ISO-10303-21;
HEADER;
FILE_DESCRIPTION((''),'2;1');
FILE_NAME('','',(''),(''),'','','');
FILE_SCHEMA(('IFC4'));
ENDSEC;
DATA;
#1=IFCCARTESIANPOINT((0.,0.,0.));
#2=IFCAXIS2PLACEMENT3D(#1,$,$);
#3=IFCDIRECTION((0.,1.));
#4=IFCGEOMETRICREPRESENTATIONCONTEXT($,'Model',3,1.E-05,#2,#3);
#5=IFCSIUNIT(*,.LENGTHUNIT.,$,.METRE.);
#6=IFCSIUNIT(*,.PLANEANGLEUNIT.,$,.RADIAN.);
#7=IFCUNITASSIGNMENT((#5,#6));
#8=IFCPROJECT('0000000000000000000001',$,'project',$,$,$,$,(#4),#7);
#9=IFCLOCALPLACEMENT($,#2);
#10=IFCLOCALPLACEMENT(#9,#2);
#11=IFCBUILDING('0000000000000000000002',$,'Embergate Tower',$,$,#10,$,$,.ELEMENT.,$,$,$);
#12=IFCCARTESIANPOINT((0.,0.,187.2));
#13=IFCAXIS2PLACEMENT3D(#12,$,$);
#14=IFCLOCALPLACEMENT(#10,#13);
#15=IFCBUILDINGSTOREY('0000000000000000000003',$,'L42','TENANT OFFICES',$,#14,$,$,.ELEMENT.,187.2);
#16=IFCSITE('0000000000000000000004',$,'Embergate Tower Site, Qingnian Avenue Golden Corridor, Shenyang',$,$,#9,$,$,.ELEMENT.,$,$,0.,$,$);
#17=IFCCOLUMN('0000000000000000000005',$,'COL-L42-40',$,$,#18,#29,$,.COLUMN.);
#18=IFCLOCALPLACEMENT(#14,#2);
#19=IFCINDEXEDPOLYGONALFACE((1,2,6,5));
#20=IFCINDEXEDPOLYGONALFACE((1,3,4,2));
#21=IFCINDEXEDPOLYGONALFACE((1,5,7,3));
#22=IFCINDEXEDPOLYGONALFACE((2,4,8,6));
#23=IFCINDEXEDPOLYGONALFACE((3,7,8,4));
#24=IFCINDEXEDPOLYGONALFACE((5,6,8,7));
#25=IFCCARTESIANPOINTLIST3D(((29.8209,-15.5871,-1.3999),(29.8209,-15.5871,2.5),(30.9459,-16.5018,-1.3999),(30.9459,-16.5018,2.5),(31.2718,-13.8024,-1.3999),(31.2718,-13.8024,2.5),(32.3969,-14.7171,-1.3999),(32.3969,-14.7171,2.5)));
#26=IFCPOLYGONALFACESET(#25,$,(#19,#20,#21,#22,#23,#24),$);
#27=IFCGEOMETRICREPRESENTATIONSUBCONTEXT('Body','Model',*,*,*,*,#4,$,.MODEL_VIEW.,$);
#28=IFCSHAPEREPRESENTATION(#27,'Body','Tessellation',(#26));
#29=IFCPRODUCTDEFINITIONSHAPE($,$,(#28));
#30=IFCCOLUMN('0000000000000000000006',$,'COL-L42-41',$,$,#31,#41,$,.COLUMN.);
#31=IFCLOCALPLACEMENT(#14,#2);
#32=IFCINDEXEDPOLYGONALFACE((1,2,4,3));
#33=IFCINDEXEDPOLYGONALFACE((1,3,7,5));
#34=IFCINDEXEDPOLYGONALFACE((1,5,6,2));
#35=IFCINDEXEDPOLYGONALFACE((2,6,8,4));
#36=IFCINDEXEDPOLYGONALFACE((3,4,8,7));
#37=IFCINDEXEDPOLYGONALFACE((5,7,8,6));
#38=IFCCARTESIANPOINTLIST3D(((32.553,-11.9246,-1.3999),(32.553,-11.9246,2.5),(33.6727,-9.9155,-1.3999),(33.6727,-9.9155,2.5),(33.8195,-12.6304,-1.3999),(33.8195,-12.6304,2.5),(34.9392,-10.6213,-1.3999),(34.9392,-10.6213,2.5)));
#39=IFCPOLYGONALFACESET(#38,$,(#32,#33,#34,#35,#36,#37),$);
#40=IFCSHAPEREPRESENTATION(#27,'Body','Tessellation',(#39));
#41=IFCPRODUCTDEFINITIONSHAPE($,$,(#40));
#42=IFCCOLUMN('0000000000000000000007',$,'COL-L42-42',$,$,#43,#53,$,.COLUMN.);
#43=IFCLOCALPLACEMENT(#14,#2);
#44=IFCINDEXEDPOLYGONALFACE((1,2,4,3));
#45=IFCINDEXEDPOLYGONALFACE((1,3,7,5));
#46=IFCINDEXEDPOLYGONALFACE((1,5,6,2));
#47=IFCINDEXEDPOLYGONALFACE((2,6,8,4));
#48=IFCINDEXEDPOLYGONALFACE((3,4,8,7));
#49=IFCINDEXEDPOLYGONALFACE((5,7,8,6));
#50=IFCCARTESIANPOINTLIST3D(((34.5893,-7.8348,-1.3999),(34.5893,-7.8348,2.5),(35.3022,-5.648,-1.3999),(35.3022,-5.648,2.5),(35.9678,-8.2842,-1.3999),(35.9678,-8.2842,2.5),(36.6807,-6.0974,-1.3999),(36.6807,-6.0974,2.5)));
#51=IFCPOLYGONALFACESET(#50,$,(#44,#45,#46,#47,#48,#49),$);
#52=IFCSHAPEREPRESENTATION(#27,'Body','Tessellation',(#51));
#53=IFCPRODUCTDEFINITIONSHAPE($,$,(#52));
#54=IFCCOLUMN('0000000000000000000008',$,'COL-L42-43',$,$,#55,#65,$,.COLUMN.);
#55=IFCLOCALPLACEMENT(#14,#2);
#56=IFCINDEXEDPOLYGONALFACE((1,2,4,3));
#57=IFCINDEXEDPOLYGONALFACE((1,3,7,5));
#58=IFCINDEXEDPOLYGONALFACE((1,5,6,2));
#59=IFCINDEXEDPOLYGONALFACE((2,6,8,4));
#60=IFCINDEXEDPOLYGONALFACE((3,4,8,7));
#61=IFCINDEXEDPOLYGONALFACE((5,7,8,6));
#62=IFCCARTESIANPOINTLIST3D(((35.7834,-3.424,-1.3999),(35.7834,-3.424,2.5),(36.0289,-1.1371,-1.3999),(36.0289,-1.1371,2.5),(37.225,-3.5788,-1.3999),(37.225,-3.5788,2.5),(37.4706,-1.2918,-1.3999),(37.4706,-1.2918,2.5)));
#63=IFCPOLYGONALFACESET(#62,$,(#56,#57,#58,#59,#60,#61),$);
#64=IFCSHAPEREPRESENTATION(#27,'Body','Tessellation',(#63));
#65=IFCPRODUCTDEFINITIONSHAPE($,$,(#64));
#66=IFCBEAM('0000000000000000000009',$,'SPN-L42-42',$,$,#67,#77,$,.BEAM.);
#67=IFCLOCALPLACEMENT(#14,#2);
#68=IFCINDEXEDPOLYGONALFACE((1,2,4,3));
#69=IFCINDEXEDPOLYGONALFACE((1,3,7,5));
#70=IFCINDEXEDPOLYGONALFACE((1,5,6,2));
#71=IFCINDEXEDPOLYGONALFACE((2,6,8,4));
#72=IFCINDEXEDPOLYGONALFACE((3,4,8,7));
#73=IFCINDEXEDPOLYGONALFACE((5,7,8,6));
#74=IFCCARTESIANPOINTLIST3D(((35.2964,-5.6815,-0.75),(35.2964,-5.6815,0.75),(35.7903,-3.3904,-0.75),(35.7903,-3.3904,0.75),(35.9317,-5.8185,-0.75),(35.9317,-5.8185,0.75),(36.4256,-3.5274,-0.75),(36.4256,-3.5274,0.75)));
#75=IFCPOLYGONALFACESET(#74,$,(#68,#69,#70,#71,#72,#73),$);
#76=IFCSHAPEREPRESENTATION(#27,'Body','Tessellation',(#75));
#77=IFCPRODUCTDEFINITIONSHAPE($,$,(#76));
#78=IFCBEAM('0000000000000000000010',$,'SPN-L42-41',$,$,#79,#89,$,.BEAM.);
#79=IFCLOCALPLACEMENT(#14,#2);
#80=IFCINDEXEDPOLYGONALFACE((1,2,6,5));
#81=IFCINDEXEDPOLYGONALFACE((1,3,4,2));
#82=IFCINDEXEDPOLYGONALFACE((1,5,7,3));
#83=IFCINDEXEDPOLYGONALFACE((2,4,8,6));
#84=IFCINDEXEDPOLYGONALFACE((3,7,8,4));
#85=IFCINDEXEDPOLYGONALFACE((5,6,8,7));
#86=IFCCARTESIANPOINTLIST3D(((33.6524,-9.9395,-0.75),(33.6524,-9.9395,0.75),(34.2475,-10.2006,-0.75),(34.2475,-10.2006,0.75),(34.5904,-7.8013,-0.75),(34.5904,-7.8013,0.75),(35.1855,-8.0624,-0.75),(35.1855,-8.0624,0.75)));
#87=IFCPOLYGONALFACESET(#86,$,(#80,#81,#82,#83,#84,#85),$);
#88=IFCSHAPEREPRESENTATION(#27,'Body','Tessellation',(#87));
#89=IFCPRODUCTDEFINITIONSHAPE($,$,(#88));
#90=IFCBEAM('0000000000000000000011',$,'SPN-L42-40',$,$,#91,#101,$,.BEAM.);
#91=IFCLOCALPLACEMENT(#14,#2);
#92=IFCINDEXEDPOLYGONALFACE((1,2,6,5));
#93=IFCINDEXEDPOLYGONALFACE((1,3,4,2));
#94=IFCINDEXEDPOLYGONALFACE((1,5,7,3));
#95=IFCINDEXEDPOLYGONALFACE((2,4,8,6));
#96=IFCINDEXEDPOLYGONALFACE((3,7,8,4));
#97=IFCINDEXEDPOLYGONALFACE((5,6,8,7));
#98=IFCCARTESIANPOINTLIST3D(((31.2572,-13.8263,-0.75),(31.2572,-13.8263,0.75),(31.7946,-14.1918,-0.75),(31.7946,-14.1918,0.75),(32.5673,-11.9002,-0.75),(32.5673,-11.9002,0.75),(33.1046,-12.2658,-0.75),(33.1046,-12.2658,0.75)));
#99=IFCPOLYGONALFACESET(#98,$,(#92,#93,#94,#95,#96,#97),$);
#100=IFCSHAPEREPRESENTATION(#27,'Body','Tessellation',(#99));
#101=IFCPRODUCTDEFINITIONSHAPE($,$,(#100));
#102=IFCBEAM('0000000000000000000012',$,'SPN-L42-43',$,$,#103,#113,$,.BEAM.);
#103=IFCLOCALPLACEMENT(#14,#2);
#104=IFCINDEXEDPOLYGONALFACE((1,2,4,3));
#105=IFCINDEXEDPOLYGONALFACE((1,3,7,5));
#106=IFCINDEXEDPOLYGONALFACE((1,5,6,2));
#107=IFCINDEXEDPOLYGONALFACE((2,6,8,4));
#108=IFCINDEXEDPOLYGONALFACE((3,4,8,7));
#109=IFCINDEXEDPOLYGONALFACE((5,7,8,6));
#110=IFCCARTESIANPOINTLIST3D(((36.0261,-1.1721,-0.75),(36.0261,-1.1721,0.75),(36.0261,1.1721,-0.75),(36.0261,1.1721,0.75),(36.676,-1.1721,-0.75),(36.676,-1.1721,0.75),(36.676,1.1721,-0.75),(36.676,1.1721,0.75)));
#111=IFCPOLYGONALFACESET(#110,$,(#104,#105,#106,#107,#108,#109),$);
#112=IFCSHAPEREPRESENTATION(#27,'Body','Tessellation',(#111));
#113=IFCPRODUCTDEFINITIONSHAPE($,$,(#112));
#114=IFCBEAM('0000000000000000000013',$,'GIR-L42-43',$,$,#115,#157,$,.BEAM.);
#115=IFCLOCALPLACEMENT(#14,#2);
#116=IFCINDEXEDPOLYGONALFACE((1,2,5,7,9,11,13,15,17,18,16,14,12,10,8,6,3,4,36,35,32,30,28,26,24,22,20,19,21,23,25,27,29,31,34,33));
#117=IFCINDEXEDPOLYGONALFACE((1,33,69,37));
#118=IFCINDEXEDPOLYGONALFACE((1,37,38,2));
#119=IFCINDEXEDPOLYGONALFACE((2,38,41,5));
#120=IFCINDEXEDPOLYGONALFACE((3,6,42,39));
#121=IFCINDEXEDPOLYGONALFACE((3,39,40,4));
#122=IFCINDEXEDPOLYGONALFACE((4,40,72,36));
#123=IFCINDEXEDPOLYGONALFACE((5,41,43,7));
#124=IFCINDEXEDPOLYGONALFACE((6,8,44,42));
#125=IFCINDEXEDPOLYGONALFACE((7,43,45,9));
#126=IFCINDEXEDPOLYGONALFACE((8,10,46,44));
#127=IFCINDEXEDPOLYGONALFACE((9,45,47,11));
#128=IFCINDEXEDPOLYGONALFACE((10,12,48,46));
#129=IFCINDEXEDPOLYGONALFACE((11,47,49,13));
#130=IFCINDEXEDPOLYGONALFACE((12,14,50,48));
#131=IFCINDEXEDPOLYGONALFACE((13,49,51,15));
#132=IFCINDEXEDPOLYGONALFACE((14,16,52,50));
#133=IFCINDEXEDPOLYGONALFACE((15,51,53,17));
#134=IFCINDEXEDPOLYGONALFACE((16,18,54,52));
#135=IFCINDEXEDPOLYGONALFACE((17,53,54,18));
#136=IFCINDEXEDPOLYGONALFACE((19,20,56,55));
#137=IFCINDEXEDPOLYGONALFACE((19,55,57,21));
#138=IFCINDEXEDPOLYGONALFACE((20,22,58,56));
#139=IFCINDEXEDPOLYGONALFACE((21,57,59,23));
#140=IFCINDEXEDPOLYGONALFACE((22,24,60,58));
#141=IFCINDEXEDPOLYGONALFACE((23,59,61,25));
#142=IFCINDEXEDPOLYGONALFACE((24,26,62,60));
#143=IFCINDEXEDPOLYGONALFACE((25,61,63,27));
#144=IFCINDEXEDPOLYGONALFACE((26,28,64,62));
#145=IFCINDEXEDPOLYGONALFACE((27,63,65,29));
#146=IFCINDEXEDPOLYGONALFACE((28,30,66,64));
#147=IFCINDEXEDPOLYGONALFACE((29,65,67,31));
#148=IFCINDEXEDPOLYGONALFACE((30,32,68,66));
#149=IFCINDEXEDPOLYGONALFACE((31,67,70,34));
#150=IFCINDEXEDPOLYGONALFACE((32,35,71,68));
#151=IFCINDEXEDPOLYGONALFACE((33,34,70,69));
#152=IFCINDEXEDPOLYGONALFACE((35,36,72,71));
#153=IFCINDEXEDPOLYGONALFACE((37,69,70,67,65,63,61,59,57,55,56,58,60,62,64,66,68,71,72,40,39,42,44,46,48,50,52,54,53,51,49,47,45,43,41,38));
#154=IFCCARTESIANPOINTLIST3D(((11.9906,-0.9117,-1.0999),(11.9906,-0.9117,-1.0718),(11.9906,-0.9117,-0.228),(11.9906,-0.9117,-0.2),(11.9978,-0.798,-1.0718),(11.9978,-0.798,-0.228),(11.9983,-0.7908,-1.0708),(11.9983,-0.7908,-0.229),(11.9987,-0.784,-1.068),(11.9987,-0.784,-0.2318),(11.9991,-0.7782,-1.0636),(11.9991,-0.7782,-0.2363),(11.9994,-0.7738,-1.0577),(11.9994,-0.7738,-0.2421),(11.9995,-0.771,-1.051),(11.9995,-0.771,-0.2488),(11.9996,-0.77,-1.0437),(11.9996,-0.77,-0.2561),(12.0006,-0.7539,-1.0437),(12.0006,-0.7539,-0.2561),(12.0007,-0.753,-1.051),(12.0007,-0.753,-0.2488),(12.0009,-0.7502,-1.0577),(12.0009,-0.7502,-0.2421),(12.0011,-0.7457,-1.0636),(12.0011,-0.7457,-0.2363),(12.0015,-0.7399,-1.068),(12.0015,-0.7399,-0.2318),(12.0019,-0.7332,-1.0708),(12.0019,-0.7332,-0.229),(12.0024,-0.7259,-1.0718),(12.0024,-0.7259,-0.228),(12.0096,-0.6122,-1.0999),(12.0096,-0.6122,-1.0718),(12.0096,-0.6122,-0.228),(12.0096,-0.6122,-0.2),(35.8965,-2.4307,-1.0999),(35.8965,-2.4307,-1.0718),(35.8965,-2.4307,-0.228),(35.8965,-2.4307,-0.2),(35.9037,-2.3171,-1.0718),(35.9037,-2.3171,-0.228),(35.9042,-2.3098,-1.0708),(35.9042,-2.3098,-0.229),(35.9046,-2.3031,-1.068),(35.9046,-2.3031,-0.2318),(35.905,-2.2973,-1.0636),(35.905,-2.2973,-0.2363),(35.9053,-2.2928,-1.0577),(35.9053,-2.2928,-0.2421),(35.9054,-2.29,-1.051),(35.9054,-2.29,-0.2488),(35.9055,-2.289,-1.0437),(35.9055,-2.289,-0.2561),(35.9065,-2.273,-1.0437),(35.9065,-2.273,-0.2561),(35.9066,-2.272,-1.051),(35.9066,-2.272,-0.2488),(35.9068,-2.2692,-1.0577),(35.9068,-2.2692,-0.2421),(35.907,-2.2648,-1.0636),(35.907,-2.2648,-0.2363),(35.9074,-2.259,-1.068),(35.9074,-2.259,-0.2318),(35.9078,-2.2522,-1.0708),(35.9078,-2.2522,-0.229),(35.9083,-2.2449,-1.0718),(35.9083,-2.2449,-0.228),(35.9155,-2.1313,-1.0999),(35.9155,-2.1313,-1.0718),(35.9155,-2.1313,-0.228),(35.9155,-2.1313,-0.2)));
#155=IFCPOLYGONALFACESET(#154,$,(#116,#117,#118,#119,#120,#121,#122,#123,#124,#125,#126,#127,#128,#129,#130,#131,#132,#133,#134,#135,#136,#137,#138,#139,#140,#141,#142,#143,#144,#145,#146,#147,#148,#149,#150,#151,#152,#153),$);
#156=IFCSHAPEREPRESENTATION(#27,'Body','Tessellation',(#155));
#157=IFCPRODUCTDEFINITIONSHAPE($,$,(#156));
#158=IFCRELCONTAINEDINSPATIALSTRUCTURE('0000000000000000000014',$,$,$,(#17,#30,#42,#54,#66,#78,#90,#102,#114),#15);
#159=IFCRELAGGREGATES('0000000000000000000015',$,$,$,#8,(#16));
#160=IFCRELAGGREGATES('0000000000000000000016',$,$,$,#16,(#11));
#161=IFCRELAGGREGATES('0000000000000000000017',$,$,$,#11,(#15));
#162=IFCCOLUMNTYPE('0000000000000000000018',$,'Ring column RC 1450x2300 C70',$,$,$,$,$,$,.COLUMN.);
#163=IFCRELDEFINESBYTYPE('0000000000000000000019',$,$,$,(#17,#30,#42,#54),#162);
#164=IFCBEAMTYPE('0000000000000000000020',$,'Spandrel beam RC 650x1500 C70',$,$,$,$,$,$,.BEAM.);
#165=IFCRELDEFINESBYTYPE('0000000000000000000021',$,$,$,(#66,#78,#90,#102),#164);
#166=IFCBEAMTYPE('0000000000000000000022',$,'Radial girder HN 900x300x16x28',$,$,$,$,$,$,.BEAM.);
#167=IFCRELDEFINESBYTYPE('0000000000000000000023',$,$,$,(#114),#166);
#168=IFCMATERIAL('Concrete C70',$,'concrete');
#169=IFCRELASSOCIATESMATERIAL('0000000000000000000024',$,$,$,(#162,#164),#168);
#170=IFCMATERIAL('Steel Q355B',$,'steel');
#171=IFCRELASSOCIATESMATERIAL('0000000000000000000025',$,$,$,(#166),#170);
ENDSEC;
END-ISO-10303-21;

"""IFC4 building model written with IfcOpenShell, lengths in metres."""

from ifc_helpers import new_model, si_unit, direction, frame, origin, origin_2d, place, context, subcontext, project, spatial, rectangle, i_section, extrude, source, transform, mapped, material, material_profile, profile_set, type_object, element, save


model = new_model("IFC4")

# Units and contexts
model_context = context("Model", 3, precision=1e-05, world=origin(), true_north=direction((0.0, 1.0)))
body_context = subcontext(model_context, "Body", "Model", "MODEL_VIEW")
ifc_project = project(units=[si_unit("LENGTHUNIT", "METRE"), si_unit("PLANEANGLEUNIT", "RADIAN")], contexts=[model_context])

# Site, building, storey
site_placement = place(None, origin())
site = spatial("IfcSite", under=ifc_project, at=site_placement, Name="Embergate Tower Site, Qingnian Avenue Golden Corridor, Shenyang", CompositionType="ELEMENT", RefElevation=0.0)
building_placement = place(site_placement, origin())
building = spatial("IfcBuilding", under=site, at=building_placement, Name="Embergate Tower", CompositionType="ELEMENT")
storey_placement = place(building_placement, frame((0.0, 0.0, 187.2)))
storey = spatial("IfcBuildingStorey", under=building, at=storey_placement, Name="L42", Description="TENANT OFFICES", CompositionType="ELEMENT", Elevation=187.2)

# Columns
ifc_material_1 = material(Name="Concrete C70", Category="concrete")
ifc_material_profile_1 = material_profile(ifc_material_1, rectangle(XDim=1.45, YDim=2.3, at=origin_2d()), Name="RC 1450x2300")
ifc_profile_set_1 = profile_set([ifc_material_profile_1], Name="Concrete C70")
column_type = type_object("IfcColumnType", Name="Ring column RC 1450x2300 C70", PredefinedType="COLUMN", material=ifc_profile_set_1)
shared_shape_1 = source(origin(), body_context, "Body", "SweptSolid", [
    extrude(rectangle(XDim=1.45, YDim=2.3, at=origin_2d()), origin(), (0.0, 0.0, 1.0), 3.8999),
])
for number, where, z_axis, x_axis, name in (
    (1, (31.1089, -15.1521, -1.3999), (0.0, 0.0, 1.0), (0.775925, -0.630825, 0.0), "COL-L42-40"),
    (2, (33.7461, -11.2729, -1.3999), (0.0, 0.0, 1.0), (0.8735, -0.486823, 0.0), "COL-L42-41"),
    (3, (35.635, -6.9661, -1.3999), (0.0, 0.0, 1.0), (0.950754, -0.309946, 0.0), "COL-L42-42"),
    (4, (36.627, -2.3579, -1.3999), (0.0, 0.0, 1.0), (0.994286, -0.10675, 0.0), "COL-L42-43"),
):
    element("IfcColumn", number, at=place(storey_placement, frame(where, z_axis=z_axis, x_axis=x_axis)), inside=storey, type_object=column_type, Name=name, PredefinedType="COLUMN", context=body_context, shape_type="MappedRepresentation", body=[
        mapped(shared_shape_1, transform((0.0, 0.0, 0.0))),
    ])

# Beams
ifc_material_profile_2 = material_profile(ifc_material_1, rectangle(XDim=0.6499, YDim=1.5, at=origin_2d()), Name="RC 650x1500")
ifc_profile_set_2 = profile_set([ifc_material_profile_2], Name="Concrete C70")
beam_type_1 = type_object("IfcBeamType", Name="Spandrel beam RC 650x1500 C70", PredefinedType="BEAM", material=ifc_profile_set_2)
shared_shape_2 = source(origin(), body_context, "Body", "SweptSolid", [
    extrude(rectangle(XDim=0.6499, YDim=1.5, at=origin_2d()), origin(), (0.0, 0.0, 1.0), 2.3438),
])
beam_1_placement = place(storey_placement, frame((35.614, -5.75, 0.0), z_axis=(0.210738, 0.977543, 0.0), x_axis=(-0.977543, 0.210738, 0.0)))
element("IfcBeam", 5, at=beam_1_placement, inside=storey, type_object=beam_type_1, Name="SPN-L42-42", PredefinedType="BEAM", context=body_context, shape_type="MappedRepresentation", body=[
    mapped(shared_shape_2, transform((0.0, 0.0, 0.0))),
])
shared_shape_3 = source(origin(), body_context, "Body", "SweptSolid", [
    extrude(rectangle(XDim=0.6499, YDim=1.5, at=origin_2d()), origin(), (0.0, 0.0, 1.0), 2.335),
])
beam_2_placement = place(storey_placement, frame((33.95, -10.0701, 0.0), z_axis=(0.401729, 0.915759, 0.0), x_axis=(-0.915759, 0.401729, 0.0)))
element("IfcBeam", 6, at=beam_2_placement, inside=storey, type_object=beam_type_1, Name="SPN-L42-41", PredefinedType="BEAM", context=body_context, shape_type="MappedRepresentation", body=[
    mapped(shared_shape_3, transform((0.0, 0.0, 0.0))),
])
shared_shape_4 = source(origin(), body_context, "Body", "SweptSolid", [
    extrude(rectangle(XDim=0.6499, YDim=1.5, at=origin_2d()), origin(), (0.0, 0.0, 1.0), 2.3293),
])
beam_3_placement = place(storey_placement, frame((31.5259, -14.009, 0.0), z_axis=(0.562416, 0.826854, 0.0), x_axis=(-0.826854, 0.562416, 0.0)))
element("IfcBeam", 7, at=beam_3_placement, inside=storey, type_object=beam_type_1, Name="SPN-L42-40", PredefinedType="BEAM", context=body_context, shape_type="MappedRepresentation", body=[
    mapped(shared_shape_4, transform((0.0, 0.0, 0.0))),
])
shared_shape_5 = source(origin(), body_context, "Body", "SweptSolid", [
    extrude(rectangle(XDim=0.6499, YDim=1.5, at=origin_2d()), origin(), (0.0, 0.0, 1.0), 2.3442),
])
beam_4_placement = place(storey_placement, frame((36.3511, -1.1721, 0.0), z_axis=(0.0, 1.0, 0.0), x_axis=(-1.0, 0.0, 0.0)))
element("IfcBeam", 8, at=beam_4_placement, inside=storey, type_object=beam_type_1, Name="SPN-L42-43", PredefinedType="BEAM", context=body_context, shape_type="MappedRepresentation", body=[
    mapped(shared_shape_5, transform((0.0, 0.0, 0.0))),
])
ifc_material_2 = material(Name="Steel Q355B", Category="steel")
ifc_material_profile_3 = material_profile(ifc_material_2, i_section(OverallWidth=0.3, OverallDepth=0.8999, WebThickness=0.0161, FlangeThickness=0.0281, FilletRadius=0.0281, at=origin_2d()), Name="HN 900x300x16x28")
ifc_profile_set_3 = profile_set([ifc_material_profile_3], Name="Steel Q355 grade B")
beam_type_2 = type_object("IfcBeamType", Name="Radial girder HN 900x300x16x28", PredefinedType="BEAM", material=ifc_profile_set_3)
shared_shape_6 = source(origin(), body_context, "Body", "SweptSolid", [
    extrude(i_section(OverallWidth=0.3, OverallDepth=0.8999, WebThickness=0.0161, FlangeThickness=0.0281, FilletRadius=0.0281, at=origin_2d()), origin(), (0.0, 0.0, 1.0), 23.9541),
])
beam_5_placement = place(storey_placement, frame((35.906, -2.281, -0.6499), z_axis=(-0.997987, 0.063414, 0.0), x_axis=(-0.063414, -0.997987, 0.0)))
element("IfcBeam", 9, at=beam_5_placement, inside=storey, type_object=beam_type_2, Name="GIR-L42-43", PredefinedType="BEAM", context=body_context, shape_type="MappedRepresentation", body=[
    mapped(shared_shape_6, transform((0.0, 0.0, 0.0))),
])

save(model, "model.ifc")
